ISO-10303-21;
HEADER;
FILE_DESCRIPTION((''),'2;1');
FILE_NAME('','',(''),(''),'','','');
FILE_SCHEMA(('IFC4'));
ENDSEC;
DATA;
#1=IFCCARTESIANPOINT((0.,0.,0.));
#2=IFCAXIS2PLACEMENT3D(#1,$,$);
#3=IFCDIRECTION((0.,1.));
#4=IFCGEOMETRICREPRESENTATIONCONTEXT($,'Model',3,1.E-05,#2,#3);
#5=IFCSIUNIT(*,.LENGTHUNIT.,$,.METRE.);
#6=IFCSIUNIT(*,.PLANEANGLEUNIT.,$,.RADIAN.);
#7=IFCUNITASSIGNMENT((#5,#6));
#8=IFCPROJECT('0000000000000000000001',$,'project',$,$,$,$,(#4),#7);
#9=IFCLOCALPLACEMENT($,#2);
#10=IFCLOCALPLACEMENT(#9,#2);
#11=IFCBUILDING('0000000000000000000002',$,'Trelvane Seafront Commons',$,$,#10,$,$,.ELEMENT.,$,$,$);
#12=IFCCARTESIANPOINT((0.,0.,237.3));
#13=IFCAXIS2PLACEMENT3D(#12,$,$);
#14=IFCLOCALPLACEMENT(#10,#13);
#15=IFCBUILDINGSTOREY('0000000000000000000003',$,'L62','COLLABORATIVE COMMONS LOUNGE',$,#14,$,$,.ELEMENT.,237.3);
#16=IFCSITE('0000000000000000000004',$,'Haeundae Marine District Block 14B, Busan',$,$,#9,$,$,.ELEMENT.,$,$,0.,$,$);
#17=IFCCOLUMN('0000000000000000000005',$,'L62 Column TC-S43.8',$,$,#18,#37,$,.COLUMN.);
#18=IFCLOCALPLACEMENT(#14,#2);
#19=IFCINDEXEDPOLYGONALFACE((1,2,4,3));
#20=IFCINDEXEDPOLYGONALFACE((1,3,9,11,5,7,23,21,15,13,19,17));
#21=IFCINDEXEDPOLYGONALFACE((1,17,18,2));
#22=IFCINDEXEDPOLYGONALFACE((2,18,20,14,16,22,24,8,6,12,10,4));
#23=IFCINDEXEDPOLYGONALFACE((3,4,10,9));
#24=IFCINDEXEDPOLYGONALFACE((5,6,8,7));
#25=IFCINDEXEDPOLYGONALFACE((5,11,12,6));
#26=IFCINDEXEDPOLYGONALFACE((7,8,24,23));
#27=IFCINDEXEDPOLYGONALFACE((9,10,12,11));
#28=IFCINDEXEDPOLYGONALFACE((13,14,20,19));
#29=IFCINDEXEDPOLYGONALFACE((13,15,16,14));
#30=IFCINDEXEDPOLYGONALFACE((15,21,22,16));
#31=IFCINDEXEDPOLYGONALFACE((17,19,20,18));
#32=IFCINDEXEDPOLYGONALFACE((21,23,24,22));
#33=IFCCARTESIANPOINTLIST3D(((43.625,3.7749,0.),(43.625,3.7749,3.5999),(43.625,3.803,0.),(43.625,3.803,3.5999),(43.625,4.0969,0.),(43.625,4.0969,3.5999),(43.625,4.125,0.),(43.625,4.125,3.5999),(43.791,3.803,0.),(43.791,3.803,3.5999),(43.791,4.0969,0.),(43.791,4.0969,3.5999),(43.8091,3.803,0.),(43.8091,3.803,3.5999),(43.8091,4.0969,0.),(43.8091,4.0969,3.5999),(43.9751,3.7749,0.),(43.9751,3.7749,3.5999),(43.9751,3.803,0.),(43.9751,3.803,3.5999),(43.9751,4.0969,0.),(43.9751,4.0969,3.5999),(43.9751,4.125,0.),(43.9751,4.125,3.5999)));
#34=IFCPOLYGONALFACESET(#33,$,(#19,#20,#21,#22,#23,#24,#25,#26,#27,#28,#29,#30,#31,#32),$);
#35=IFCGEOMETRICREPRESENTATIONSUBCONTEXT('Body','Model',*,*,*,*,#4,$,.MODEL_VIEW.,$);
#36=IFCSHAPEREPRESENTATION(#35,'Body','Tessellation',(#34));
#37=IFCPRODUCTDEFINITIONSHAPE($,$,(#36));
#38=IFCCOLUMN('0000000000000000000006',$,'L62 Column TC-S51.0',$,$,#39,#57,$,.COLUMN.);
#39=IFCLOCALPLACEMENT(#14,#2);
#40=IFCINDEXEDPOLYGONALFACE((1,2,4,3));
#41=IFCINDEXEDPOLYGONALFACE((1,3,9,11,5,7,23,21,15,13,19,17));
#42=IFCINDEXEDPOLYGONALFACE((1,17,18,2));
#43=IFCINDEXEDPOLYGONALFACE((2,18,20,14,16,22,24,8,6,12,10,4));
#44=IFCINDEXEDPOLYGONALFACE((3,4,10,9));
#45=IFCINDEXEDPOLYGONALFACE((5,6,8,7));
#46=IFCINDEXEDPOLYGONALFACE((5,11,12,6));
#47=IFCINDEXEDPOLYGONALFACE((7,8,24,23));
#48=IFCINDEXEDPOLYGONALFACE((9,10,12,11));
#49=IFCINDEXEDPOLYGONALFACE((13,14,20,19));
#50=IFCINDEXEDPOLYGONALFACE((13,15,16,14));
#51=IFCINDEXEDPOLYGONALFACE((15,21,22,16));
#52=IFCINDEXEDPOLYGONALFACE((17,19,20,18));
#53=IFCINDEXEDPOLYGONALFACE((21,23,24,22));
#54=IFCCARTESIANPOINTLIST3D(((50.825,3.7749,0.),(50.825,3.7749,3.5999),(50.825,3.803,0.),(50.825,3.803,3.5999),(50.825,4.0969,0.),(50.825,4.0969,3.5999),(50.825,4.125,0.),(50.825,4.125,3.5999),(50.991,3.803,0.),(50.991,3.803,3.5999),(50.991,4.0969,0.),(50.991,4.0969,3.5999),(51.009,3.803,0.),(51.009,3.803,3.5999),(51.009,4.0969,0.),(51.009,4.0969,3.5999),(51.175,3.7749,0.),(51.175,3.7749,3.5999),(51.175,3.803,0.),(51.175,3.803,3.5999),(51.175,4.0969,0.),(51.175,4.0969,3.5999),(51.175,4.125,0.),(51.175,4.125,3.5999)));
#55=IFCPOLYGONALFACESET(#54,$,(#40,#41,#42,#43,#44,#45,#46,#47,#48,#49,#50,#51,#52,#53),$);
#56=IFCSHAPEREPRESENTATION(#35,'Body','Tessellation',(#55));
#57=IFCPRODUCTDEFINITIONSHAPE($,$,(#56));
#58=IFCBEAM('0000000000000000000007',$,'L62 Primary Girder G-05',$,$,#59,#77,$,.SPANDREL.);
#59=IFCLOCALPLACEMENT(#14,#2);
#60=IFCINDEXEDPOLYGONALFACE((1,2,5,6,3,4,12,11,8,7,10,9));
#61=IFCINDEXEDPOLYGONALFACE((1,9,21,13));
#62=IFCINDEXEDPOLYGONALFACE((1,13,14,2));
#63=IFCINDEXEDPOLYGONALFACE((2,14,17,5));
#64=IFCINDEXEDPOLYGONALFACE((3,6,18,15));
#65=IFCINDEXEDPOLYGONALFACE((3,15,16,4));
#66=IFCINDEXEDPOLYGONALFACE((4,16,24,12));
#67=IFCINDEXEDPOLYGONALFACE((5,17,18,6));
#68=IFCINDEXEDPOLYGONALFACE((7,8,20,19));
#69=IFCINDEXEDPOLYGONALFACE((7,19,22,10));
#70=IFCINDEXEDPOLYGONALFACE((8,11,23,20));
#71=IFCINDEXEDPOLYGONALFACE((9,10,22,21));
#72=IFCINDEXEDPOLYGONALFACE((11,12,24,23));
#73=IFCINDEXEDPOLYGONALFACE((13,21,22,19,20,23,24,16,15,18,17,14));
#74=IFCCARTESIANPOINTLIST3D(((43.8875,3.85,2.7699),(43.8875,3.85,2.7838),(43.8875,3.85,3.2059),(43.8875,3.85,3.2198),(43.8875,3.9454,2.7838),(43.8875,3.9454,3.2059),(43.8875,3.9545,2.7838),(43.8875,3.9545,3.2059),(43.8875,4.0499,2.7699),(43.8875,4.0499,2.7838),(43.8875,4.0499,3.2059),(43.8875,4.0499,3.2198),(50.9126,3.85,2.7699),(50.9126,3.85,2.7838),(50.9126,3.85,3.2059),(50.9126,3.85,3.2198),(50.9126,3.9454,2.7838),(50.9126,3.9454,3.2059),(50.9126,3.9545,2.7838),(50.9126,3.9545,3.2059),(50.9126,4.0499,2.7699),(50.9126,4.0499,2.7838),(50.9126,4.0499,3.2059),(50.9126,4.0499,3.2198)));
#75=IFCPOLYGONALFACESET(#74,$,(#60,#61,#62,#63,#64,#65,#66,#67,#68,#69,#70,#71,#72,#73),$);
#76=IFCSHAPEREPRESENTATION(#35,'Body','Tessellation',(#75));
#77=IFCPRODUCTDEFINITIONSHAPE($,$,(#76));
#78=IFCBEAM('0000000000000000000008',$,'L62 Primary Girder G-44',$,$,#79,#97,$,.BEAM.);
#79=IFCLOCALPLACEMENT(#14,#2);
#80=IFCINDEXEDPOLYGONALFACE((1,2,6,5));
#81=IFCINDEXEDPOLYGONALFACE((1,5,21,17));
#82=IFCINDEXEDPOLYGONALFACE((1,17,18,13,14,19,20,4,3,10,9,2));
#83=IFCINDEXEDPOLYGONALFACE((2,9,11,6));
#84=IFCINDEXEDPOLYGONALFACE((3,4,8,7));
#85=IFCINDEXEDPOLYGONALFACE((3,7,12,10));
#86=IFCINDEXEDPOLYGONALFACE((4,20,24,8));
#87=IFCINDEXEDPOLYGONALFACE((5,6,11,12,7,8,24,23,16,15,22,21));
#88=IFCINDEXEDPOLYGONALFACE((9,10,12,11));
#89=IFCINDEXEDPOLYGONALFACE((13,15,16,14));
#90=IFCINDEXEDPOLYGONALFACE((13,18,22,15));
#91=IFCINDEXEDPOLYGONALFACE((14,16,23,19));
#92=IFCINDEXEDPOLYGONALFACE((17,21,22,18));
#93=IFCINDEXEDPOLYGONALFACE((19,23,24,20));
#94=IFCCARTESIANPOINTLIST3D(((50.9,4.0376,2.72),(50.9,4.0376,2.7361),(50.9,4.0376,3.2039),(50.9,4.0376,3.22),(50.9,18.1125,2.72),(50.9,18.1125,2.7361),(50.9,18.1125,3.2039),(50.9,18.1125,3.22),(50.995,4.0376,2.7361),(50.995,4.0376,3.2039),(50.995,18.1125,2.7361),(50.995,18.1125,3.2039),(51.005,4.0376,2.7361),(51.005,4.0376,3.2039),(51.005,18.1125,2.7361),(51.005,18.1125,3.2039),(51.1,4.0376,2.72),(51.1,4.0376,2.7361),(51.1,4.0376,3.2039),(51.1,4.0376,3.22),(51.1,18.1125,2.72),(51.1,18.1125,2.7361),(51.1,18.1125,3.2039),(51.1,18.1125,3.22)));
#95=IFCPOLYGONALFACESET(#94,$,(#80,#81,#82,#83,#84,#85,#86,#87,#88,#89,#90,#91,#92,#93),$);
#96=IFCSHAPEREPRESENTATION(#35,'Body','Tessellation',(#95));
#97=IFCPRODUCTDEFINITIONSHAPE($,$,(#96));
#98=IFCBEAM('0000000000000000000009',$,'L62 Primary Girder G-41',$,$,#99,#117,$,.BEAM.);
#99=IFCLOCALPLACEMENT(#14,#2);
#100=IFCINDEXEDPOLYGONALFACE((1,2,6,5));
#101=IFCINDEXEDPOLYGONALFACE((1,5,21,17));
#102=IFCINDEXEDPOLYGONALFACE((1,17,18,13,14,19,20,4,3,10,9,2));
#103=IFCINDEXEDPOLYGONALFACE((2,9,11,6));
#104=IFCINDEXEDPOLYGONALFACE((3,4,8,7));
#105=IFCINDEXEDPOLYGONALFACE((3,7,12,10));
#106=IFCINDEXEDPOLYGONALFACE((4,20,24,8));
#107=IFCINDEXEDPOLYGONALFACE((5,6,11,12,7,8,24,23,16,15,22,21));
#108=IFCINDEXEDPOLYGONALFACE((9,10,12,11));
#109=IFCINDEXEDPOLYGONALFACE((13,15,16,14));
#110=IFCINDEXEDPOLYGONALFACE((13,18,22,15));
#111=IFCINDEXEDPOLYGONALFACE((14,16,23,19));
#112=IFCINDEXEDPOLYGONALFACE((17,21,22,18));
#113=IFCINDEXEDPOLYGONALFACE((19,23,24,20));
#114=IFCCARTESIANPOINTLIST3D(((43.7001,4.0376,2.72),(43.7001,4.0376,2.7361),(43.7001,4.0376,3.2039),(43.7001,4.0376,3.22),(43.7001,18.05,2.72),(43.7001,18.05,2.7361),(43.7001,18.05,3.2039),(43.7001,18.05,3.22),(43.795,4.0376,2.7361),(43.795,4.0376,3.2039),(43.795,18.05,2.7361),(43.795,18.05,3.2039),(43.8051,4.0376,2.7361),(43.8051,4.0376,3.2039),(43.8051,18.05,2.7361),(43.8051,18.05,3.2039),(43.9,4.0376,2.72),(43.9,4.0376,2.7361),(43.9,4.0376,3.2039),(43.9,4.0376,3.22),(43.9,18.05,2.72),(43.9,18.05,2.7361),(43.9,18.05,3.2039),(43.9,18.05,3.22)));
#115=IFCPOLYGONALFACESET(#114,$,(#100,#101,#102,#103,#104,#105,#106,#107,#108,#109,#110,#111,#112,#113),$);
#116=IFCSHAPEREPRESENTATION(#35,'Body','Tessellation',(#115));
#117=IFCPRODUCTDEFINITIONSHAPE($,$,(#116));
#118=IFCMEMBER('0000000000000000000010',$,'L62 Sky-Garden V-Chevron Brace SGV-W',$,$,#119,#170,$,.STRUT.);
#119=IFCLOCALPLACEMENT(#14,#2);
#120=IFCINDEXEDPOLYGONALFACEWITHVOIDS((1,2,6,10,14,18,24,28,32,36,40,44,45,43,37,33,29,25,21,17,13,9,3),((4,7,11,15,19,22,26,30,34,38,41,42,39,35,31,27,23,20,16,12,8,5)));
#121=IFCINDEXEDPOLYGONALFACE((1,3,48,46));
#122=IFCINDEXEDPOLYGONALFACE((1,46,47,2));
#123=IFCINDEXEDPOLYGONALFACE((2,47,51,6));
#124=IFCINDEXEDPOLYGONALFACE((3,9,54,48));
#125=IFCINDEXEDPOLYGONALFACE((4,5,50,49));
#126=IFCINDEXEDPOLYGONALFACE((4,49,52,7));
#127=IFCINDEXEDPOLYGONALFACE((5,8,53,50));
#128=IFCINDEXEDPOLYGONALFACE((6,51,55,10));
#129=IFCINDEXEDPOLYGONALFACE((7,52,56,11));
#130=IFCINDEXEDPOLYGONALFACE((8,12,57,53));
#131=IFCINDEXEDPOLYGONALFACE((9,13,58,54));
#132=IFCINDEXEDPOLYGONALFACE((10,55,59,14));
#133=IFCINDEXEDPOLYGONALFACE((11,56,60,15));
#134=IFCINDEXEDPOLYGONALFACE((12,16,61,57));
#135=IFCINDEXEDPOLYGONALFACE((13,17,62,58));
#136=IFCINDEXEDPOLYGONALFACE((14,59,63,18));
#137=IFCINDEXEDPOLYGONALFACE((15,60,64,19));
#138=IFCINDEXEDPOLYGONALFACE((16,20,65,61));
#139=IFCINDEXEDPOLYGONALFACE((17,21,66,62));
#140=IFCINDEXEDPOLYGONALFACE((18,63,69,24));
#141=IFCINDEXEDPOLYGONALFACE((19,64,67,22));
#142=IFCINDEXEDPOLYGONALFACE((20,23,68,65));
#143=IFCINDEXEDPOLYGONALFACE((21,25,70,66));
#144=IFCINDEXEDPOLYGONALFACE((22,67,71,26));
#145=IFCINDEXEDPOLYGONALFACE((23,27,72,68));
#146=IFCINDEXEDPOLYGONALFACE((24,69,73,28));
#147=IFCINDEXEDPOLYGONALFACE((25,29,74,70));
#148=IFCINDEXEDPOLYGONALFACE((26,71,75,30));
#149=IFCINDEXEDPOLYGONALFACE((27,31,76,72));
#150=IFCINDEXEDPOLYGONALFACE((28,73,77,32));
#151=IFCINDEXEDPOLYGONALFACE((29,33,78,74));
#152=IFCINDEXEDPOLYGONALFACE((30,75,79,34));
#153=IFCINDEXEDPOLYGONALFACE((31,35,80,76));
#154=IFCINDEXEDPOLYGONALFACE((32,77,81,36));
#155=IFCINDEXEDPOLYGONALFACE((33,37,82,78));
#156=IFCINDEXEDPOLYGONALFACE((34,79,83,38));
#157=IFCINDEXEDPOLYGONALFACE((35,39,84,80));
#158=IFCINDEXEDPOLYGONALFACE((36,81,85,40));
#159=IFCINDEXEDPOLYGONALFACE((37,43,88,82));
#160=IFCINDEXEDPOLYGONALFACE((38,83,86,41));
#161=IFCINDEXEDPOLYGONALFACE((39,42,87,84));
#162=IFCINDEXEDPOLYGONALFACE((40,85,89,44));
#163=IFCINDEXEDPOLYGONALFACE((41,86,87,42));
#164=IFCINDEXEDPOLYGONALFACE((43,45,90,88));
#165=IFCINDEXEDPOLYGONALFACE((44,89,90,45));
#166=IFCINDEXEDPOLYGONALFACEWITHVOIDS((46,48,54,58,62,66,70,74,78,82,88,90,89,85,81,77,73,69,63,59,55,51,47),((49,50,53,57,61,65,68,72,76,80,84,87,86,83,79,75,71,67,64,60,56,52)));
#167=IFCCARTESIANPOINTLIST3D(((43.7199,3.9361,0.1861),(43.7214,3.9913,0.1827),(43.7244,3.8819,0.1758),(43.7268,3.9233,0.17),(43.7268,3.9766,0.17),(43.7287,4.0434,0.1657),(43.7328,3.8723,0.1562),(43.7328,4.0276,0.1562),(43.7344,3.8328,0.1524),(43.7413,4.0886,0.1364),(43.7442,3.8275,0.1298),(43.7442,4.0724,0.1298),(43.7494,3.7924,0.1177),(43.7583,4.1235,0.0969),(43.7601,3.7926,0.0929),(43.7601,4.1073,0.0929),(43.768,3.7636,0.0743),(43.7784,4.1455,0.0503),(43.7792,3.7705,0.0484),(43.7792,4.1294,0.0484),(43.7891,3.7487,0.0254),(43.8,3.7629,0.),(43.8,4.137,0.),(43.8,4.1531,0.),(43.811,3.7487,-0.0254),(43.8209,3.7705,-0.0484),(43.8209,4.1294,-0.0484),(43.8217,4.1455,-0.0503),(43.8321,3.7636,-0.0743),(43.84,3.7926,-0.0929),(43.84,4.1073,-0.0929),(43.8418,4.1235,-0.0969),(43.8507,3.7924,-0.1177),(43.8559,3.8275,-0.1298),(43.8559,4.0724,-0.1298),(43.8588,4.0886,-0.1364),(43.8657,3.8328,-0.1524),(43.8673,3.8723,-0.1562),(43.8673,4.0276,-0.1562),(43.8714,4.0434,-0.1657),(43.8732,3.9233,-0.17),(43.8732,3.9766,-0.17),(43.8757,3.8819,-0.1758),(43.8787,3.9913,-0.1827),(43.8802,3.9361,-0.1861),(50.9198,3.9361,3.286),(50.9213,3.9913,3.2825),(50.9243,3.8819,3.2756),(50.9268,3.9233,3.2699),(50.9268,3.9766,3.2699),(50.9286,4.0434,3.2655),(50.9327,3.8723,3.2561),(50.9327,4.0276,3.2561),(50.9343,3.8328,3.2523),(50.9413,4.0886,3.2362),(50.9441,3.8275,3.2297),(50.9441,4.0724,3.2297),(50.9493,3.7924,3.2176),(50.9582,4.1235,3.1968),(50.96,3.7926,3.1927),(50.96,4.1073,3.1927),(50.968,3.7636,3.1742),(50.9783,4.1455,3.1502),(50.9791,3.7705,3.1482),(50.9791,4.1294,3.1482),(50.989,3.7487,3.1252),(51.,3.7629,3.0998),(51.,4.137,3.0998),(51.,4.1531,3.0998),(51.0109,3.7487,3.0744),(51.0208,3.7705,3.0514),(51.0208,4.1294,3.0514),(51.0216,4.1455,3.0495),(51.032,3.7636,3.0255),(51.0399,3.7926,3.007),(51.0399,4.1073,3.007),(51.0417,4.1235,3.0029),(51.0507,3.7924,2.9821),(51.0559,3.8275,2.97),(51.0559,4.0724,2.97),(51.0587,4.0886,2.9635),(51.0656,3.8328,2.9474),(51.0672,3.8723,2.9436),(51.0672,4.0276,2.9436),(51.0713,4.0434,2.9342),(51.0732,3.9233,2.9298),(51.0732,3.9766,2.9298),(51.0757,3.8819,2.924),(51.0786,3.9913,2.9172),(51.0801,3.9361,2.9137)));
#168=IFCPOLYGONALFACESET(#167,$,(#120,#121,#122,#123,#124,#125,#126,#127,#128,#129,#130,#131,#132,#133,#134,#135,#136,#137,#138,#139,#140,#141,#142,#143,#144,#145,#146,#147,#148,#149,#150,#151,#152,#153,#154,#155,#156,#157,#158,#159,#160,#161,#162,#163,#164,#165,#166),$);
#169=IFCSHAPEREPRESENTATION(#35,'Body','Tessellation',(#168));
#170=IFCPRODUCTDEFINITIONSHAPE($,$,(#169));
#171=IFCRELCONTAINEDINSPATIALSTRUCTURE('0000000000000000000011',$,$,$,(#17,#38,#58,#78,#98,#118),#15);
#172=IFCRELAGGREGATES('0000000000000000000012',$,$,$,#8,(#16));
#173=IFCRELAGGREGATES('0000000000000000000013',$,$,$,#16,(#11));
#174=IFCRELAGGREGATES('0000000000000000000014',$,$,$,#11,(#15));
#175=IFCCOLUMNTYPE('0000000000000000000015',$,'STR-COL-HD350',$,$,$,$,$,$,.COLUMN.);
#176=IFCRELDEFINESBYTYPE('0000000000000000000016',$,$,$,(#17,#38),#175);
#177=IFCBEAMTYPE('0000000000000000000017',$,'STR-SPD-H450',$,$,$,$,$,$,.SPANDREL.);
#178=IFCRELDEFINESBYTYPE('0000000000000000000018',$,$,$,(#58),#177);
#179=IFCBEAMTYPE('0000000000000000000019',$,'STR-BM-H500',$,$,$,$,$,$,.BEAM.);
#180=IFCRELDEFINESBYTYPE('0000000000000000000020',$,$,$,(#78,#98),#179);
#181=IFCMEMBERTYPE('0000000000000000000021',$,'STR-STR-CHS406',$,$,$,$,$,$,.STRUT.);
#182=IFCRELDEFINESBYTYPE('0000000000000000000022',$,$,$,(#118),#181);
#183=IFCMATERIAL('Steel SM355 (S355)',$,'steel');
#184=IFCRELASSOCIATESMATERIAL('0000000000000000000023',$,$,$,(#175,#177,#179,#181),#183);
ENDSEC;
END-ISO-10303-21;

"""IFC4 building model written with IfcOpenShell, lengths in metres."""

from ifc_helpers import new_model, si_unit, direction, frame, origin, origin_2d, place, context, subcontext, project, spatial, hollow_circle, i_section, extrude, source, transform, mapped, material, material_profile, profile_set, type_object, element, save


model = new_model("IFC4")

# Units and contexts
model_context = context("Model", 3, precision=1e-05, world=origin(), true_north=direction((0.0, 1.0)))
body_context = subcontext(model_context, "Body", "Model", "MODEL_VIEW")
ifc_project = project(units=[si_unit("LENGTHUNIT", "METRE"), si_unit("PLANEANGLEUNIT", "RADIAN")], contexts=[model_context])

# Site, building, storey
site_placement = place(None, origin())
site = spatial("IfcSite", under=ifc_project, at=site_placement, Name="Haeundae Marine District Block 14B, Busan", CompositionType="ELEMENT", RefElevation=0.0)
building_placement = place(site_placement, origin())
building = spatial("IfcBuilding", under=site, at=building_placement, Name="Trelvane Seafront Commons", CompositionType="ELEMENT")
storey_placement = place(building_placement, frame((0.0, 0.0, 237.3)))
storey = spatial("IfcBuildingStorey", under=building, at=storey_placement, Name="L62", Description="COLLABORATIVE COMMONS LOUNGE", CompositionType="ELEMENT", Elevation=237.3)

# Columns
ifc_material_1 = material(Name="Steel SM355 (S355)", Category="steel")
ifc_material_profile_1 = material_profile(ifc_material_1, i_section(OverallWidth=0.3501, OverallDepth=0.3501, WebThickness=0.0181, FlangeThickness=0.0281, at=origin_2d()), Name="HD-350x350x18x28")
ifc_profile_set_1 = profile_set([ifc_material_profile_1], Name="Steel SM355 (S355)")
column_type = type_object("IfcColumnType", Name="STR-COL-HD350", PredefinedType="COLUMN", material=ifc_profile_set_1)
shared_shape_1 = source(origin(), body_context, "Body", "SweptSolid", [
    extrude(i_section(OverallWidth=0.3501, OverallDepth=0.3501, WebThickness=0.0181, FlangeThickness=0.0281, at=origin_2d()), origin(), (0.0, 0.0, 1.0), 3.5999),
])
for number, where, z_axis, x_axis, name in (
    (1, (43.8, 3.95, 0.0), (0.0, 0.0, 1.0), (1.0, 0.0, 0.0), "L62 Column TC-S43.8"),
    (2, (51.0, 3.95, 0.0), (0.0, 0.0, 1.0), (1.0, 0.0, 0.0), "L62 Column TC-S51.0"),
):
    element("IfcColumn", number, at=place(storey_placement, frame(where, z_axis=z_axis, x_axis=x_axis)), inside=storey, type_object=column_type, Name=name, PredefinedType="COLUMN", context=body_context, shape_type="MappedRepresentation", body=[
        mapped(shared_shape_1, transform((0.0, 0.0, 0.0), x_axis=(1.0, 0.0, 0.0), y_axis=(0.0, 1.0, 0.0), z_axis=(0.0, 0.0, 1.0), scale=1.0)),
    ])

# Beams
ifc_material_profile_2 = material_profile(ifc_material_1, i_section(OverallWidth=0.2, OverallDepth=0.45, WebThickness=0.009, FlangeThickness=0.0139, at=origin_2d()), Name="H-450x200x9x14")
ifc_profile_set_2 = profile_set([ifc_material_profile_2], Name="Steel SM355 (S355)")
beam_type_1 = type_object("IfcBeamType", Name="STR-SPD-H450", PredefinedType="SPANDREL", material=ifc_profile_set_2)
shared_shape_2 = source(origin(), body_context, "Body", "SweptSolid", [
    extrude(i_section(OverallWidth=0.2, OverallDepth=0.45, WebThickness=0.009, FlangeThickness=0.0139, at=origin_2d()), origin(), (0.0, 0.0, 1.0), 7.0251),
])
beam_1_placement = place(storey_placement, frame((43.8875, 3.95, 2.9949), z_axis=(1.0, 0.0, 0.0), x_axis=(0.0, 1.0, 0.0)))
element("IfcBeam", 3, at=beam_1_placement, inside=storey, type_object=beam_type_1, Name="L62 Primary Girder G-05", PredefinedType="SPANDREL", context=body_context, shape_type="MappedRepresentation", body=[
    mapped(shared_shape_2, transform((0.0, 0.0, 0.0), x_axis=(1.0, 0.0, 0.0), y_axis=(0.0, 1.0, 0.0), z_axis=(0.0, 0.0, 1.0), scale=1.0)),
])
ifc_material_profile_3 = material_profile(ifc_material_1, i_section(OverallWidth=0.2, OverallDepth=0.5, WebThickness=0.01, FlangeThickness=0.0161, at=origin_2d()), Name="H-500x200x10x16")
ifc_profile_set_3 = profile_set([ifc_material_profile_3], Name="Steel SM355 (S355)")
beam_type_2 = type_object("IfcBeamType", Name="STR-BM-H500", PredefinedType="BEAM", material=ifc_profile_set_3)
shared_shape_3 = source(origin(), body_context, "Body", "SweptSolid", [
    extrude(i_section(OverallWidth=0.2, OverallDepth=0.5, WebThickness=0.01, FlangeThickness=0.0161, at=origin_2d()), origin(), (0.0, 0.0, 1.0), 14.075),
])
beam_2_placement = place(storey_placement, frame((51.0, 4.0376, 2.97), z_axis=(0.0, 1.0, 0.0), x_axis=(-1.0, 0.0, 0.0)))
element("IfcBeam", 4, at=beam_2_placement, inside=storey, type_object=beam_type_2, Name="L62 Primary Girder G-44", PredefinedType="BEAM", context=body_context, shape_type="MappedRepresentation", body=[
    mapped(shared_shape_3, transform((0.0, 0.0, 0.0), x_axis=(1.0, 0.0, 0.0), y_axis=(0.0, 1.0, 0.0), z_axis=(0.0, 0.0, 1.0), scale=1.0)),
])
shared_shape_4 = source(origin(), body_context, "Body", "SweptSolid", [
    extrude(i_section(OverallWidth=0.2, OverallDepth=0.5, WebThickness=0.01, FlangeThickness=0.0161, at=origin_2d()), origin(), (0.0, 0.0, 1.0), 14.0125),
])
beam_3_placement = place(storey_placement, frame((43.8, 4.0376, 2.97), z_axis=(0.0, 1.0, 0.0), x_axis=(-1.0, 0.0, 0.0)))
element("IfcBeam", 5, at=beam_3_placement, inside=storey, type_object=beam_type_2, Name="L62 Primary Girder G-41", PredefinedType="BEAM", context=body_context, shape_type="MappedRepresentation", body=[
    mapped(shared_shape_4, transform((0.0, 0.0, 0.0), x_axis=(1.0, 0.0, 0.0), y_axis=(0.0, 1.0, 0.0), z_axis=(0.0, 0.0, 1.0), scale=1.0)),
])

# Member
ifc_material_profile_4 = material_profile(ifc_material_1, hollow_circle(Radius=0.2031, WallThickness=0.0161, at=origin_2d()), Name="CHS-406.4x16")
ifc_profile_set_4 = profile_set([ifc_material_profile_4], Name="Steel SM355 (S355)")
member_type_1 = type_object("IfcMemberType", Name="STR-STR-CHS406", PredefinedType="STRUT", material=ifc_profile_set_4)
shared_shape_5 = source(origin(), body_context, "Body", "SweptSolid", [
    extrude(hollow_circle(Radius=0.2031, WallThickness=0.0161, at=origin_2d()), origin(), (0.0, 0.0, 1.0), 7.8389),
])
member_1_placement = place(storey_placement, frame((43.8, 3.95, 0.0), z_axis=(0.91849, 0.0, 0.395445), x_axis=(0.0, 1.0, 0.0)))
element("IfcMember", 6, at=member_1_placement, inside=storey, type_object=member_type_1, Name="L62 Sky-Garden V-Chevron Brace SGV-W", PredefinedType="STRUT", context=body_context, shape_type="MappedRepresentation", body=[
    mapped(shared_shape_5, transform((0.0, 0.0, 0.0), x_axis=(1.0, 0.0, 0.0), y_axis=(0.0, 1.0, 0.0), z_axis=(0.0, 0.0, 1.0), scale=1.0)),
])

save(model, "model.ifc")
